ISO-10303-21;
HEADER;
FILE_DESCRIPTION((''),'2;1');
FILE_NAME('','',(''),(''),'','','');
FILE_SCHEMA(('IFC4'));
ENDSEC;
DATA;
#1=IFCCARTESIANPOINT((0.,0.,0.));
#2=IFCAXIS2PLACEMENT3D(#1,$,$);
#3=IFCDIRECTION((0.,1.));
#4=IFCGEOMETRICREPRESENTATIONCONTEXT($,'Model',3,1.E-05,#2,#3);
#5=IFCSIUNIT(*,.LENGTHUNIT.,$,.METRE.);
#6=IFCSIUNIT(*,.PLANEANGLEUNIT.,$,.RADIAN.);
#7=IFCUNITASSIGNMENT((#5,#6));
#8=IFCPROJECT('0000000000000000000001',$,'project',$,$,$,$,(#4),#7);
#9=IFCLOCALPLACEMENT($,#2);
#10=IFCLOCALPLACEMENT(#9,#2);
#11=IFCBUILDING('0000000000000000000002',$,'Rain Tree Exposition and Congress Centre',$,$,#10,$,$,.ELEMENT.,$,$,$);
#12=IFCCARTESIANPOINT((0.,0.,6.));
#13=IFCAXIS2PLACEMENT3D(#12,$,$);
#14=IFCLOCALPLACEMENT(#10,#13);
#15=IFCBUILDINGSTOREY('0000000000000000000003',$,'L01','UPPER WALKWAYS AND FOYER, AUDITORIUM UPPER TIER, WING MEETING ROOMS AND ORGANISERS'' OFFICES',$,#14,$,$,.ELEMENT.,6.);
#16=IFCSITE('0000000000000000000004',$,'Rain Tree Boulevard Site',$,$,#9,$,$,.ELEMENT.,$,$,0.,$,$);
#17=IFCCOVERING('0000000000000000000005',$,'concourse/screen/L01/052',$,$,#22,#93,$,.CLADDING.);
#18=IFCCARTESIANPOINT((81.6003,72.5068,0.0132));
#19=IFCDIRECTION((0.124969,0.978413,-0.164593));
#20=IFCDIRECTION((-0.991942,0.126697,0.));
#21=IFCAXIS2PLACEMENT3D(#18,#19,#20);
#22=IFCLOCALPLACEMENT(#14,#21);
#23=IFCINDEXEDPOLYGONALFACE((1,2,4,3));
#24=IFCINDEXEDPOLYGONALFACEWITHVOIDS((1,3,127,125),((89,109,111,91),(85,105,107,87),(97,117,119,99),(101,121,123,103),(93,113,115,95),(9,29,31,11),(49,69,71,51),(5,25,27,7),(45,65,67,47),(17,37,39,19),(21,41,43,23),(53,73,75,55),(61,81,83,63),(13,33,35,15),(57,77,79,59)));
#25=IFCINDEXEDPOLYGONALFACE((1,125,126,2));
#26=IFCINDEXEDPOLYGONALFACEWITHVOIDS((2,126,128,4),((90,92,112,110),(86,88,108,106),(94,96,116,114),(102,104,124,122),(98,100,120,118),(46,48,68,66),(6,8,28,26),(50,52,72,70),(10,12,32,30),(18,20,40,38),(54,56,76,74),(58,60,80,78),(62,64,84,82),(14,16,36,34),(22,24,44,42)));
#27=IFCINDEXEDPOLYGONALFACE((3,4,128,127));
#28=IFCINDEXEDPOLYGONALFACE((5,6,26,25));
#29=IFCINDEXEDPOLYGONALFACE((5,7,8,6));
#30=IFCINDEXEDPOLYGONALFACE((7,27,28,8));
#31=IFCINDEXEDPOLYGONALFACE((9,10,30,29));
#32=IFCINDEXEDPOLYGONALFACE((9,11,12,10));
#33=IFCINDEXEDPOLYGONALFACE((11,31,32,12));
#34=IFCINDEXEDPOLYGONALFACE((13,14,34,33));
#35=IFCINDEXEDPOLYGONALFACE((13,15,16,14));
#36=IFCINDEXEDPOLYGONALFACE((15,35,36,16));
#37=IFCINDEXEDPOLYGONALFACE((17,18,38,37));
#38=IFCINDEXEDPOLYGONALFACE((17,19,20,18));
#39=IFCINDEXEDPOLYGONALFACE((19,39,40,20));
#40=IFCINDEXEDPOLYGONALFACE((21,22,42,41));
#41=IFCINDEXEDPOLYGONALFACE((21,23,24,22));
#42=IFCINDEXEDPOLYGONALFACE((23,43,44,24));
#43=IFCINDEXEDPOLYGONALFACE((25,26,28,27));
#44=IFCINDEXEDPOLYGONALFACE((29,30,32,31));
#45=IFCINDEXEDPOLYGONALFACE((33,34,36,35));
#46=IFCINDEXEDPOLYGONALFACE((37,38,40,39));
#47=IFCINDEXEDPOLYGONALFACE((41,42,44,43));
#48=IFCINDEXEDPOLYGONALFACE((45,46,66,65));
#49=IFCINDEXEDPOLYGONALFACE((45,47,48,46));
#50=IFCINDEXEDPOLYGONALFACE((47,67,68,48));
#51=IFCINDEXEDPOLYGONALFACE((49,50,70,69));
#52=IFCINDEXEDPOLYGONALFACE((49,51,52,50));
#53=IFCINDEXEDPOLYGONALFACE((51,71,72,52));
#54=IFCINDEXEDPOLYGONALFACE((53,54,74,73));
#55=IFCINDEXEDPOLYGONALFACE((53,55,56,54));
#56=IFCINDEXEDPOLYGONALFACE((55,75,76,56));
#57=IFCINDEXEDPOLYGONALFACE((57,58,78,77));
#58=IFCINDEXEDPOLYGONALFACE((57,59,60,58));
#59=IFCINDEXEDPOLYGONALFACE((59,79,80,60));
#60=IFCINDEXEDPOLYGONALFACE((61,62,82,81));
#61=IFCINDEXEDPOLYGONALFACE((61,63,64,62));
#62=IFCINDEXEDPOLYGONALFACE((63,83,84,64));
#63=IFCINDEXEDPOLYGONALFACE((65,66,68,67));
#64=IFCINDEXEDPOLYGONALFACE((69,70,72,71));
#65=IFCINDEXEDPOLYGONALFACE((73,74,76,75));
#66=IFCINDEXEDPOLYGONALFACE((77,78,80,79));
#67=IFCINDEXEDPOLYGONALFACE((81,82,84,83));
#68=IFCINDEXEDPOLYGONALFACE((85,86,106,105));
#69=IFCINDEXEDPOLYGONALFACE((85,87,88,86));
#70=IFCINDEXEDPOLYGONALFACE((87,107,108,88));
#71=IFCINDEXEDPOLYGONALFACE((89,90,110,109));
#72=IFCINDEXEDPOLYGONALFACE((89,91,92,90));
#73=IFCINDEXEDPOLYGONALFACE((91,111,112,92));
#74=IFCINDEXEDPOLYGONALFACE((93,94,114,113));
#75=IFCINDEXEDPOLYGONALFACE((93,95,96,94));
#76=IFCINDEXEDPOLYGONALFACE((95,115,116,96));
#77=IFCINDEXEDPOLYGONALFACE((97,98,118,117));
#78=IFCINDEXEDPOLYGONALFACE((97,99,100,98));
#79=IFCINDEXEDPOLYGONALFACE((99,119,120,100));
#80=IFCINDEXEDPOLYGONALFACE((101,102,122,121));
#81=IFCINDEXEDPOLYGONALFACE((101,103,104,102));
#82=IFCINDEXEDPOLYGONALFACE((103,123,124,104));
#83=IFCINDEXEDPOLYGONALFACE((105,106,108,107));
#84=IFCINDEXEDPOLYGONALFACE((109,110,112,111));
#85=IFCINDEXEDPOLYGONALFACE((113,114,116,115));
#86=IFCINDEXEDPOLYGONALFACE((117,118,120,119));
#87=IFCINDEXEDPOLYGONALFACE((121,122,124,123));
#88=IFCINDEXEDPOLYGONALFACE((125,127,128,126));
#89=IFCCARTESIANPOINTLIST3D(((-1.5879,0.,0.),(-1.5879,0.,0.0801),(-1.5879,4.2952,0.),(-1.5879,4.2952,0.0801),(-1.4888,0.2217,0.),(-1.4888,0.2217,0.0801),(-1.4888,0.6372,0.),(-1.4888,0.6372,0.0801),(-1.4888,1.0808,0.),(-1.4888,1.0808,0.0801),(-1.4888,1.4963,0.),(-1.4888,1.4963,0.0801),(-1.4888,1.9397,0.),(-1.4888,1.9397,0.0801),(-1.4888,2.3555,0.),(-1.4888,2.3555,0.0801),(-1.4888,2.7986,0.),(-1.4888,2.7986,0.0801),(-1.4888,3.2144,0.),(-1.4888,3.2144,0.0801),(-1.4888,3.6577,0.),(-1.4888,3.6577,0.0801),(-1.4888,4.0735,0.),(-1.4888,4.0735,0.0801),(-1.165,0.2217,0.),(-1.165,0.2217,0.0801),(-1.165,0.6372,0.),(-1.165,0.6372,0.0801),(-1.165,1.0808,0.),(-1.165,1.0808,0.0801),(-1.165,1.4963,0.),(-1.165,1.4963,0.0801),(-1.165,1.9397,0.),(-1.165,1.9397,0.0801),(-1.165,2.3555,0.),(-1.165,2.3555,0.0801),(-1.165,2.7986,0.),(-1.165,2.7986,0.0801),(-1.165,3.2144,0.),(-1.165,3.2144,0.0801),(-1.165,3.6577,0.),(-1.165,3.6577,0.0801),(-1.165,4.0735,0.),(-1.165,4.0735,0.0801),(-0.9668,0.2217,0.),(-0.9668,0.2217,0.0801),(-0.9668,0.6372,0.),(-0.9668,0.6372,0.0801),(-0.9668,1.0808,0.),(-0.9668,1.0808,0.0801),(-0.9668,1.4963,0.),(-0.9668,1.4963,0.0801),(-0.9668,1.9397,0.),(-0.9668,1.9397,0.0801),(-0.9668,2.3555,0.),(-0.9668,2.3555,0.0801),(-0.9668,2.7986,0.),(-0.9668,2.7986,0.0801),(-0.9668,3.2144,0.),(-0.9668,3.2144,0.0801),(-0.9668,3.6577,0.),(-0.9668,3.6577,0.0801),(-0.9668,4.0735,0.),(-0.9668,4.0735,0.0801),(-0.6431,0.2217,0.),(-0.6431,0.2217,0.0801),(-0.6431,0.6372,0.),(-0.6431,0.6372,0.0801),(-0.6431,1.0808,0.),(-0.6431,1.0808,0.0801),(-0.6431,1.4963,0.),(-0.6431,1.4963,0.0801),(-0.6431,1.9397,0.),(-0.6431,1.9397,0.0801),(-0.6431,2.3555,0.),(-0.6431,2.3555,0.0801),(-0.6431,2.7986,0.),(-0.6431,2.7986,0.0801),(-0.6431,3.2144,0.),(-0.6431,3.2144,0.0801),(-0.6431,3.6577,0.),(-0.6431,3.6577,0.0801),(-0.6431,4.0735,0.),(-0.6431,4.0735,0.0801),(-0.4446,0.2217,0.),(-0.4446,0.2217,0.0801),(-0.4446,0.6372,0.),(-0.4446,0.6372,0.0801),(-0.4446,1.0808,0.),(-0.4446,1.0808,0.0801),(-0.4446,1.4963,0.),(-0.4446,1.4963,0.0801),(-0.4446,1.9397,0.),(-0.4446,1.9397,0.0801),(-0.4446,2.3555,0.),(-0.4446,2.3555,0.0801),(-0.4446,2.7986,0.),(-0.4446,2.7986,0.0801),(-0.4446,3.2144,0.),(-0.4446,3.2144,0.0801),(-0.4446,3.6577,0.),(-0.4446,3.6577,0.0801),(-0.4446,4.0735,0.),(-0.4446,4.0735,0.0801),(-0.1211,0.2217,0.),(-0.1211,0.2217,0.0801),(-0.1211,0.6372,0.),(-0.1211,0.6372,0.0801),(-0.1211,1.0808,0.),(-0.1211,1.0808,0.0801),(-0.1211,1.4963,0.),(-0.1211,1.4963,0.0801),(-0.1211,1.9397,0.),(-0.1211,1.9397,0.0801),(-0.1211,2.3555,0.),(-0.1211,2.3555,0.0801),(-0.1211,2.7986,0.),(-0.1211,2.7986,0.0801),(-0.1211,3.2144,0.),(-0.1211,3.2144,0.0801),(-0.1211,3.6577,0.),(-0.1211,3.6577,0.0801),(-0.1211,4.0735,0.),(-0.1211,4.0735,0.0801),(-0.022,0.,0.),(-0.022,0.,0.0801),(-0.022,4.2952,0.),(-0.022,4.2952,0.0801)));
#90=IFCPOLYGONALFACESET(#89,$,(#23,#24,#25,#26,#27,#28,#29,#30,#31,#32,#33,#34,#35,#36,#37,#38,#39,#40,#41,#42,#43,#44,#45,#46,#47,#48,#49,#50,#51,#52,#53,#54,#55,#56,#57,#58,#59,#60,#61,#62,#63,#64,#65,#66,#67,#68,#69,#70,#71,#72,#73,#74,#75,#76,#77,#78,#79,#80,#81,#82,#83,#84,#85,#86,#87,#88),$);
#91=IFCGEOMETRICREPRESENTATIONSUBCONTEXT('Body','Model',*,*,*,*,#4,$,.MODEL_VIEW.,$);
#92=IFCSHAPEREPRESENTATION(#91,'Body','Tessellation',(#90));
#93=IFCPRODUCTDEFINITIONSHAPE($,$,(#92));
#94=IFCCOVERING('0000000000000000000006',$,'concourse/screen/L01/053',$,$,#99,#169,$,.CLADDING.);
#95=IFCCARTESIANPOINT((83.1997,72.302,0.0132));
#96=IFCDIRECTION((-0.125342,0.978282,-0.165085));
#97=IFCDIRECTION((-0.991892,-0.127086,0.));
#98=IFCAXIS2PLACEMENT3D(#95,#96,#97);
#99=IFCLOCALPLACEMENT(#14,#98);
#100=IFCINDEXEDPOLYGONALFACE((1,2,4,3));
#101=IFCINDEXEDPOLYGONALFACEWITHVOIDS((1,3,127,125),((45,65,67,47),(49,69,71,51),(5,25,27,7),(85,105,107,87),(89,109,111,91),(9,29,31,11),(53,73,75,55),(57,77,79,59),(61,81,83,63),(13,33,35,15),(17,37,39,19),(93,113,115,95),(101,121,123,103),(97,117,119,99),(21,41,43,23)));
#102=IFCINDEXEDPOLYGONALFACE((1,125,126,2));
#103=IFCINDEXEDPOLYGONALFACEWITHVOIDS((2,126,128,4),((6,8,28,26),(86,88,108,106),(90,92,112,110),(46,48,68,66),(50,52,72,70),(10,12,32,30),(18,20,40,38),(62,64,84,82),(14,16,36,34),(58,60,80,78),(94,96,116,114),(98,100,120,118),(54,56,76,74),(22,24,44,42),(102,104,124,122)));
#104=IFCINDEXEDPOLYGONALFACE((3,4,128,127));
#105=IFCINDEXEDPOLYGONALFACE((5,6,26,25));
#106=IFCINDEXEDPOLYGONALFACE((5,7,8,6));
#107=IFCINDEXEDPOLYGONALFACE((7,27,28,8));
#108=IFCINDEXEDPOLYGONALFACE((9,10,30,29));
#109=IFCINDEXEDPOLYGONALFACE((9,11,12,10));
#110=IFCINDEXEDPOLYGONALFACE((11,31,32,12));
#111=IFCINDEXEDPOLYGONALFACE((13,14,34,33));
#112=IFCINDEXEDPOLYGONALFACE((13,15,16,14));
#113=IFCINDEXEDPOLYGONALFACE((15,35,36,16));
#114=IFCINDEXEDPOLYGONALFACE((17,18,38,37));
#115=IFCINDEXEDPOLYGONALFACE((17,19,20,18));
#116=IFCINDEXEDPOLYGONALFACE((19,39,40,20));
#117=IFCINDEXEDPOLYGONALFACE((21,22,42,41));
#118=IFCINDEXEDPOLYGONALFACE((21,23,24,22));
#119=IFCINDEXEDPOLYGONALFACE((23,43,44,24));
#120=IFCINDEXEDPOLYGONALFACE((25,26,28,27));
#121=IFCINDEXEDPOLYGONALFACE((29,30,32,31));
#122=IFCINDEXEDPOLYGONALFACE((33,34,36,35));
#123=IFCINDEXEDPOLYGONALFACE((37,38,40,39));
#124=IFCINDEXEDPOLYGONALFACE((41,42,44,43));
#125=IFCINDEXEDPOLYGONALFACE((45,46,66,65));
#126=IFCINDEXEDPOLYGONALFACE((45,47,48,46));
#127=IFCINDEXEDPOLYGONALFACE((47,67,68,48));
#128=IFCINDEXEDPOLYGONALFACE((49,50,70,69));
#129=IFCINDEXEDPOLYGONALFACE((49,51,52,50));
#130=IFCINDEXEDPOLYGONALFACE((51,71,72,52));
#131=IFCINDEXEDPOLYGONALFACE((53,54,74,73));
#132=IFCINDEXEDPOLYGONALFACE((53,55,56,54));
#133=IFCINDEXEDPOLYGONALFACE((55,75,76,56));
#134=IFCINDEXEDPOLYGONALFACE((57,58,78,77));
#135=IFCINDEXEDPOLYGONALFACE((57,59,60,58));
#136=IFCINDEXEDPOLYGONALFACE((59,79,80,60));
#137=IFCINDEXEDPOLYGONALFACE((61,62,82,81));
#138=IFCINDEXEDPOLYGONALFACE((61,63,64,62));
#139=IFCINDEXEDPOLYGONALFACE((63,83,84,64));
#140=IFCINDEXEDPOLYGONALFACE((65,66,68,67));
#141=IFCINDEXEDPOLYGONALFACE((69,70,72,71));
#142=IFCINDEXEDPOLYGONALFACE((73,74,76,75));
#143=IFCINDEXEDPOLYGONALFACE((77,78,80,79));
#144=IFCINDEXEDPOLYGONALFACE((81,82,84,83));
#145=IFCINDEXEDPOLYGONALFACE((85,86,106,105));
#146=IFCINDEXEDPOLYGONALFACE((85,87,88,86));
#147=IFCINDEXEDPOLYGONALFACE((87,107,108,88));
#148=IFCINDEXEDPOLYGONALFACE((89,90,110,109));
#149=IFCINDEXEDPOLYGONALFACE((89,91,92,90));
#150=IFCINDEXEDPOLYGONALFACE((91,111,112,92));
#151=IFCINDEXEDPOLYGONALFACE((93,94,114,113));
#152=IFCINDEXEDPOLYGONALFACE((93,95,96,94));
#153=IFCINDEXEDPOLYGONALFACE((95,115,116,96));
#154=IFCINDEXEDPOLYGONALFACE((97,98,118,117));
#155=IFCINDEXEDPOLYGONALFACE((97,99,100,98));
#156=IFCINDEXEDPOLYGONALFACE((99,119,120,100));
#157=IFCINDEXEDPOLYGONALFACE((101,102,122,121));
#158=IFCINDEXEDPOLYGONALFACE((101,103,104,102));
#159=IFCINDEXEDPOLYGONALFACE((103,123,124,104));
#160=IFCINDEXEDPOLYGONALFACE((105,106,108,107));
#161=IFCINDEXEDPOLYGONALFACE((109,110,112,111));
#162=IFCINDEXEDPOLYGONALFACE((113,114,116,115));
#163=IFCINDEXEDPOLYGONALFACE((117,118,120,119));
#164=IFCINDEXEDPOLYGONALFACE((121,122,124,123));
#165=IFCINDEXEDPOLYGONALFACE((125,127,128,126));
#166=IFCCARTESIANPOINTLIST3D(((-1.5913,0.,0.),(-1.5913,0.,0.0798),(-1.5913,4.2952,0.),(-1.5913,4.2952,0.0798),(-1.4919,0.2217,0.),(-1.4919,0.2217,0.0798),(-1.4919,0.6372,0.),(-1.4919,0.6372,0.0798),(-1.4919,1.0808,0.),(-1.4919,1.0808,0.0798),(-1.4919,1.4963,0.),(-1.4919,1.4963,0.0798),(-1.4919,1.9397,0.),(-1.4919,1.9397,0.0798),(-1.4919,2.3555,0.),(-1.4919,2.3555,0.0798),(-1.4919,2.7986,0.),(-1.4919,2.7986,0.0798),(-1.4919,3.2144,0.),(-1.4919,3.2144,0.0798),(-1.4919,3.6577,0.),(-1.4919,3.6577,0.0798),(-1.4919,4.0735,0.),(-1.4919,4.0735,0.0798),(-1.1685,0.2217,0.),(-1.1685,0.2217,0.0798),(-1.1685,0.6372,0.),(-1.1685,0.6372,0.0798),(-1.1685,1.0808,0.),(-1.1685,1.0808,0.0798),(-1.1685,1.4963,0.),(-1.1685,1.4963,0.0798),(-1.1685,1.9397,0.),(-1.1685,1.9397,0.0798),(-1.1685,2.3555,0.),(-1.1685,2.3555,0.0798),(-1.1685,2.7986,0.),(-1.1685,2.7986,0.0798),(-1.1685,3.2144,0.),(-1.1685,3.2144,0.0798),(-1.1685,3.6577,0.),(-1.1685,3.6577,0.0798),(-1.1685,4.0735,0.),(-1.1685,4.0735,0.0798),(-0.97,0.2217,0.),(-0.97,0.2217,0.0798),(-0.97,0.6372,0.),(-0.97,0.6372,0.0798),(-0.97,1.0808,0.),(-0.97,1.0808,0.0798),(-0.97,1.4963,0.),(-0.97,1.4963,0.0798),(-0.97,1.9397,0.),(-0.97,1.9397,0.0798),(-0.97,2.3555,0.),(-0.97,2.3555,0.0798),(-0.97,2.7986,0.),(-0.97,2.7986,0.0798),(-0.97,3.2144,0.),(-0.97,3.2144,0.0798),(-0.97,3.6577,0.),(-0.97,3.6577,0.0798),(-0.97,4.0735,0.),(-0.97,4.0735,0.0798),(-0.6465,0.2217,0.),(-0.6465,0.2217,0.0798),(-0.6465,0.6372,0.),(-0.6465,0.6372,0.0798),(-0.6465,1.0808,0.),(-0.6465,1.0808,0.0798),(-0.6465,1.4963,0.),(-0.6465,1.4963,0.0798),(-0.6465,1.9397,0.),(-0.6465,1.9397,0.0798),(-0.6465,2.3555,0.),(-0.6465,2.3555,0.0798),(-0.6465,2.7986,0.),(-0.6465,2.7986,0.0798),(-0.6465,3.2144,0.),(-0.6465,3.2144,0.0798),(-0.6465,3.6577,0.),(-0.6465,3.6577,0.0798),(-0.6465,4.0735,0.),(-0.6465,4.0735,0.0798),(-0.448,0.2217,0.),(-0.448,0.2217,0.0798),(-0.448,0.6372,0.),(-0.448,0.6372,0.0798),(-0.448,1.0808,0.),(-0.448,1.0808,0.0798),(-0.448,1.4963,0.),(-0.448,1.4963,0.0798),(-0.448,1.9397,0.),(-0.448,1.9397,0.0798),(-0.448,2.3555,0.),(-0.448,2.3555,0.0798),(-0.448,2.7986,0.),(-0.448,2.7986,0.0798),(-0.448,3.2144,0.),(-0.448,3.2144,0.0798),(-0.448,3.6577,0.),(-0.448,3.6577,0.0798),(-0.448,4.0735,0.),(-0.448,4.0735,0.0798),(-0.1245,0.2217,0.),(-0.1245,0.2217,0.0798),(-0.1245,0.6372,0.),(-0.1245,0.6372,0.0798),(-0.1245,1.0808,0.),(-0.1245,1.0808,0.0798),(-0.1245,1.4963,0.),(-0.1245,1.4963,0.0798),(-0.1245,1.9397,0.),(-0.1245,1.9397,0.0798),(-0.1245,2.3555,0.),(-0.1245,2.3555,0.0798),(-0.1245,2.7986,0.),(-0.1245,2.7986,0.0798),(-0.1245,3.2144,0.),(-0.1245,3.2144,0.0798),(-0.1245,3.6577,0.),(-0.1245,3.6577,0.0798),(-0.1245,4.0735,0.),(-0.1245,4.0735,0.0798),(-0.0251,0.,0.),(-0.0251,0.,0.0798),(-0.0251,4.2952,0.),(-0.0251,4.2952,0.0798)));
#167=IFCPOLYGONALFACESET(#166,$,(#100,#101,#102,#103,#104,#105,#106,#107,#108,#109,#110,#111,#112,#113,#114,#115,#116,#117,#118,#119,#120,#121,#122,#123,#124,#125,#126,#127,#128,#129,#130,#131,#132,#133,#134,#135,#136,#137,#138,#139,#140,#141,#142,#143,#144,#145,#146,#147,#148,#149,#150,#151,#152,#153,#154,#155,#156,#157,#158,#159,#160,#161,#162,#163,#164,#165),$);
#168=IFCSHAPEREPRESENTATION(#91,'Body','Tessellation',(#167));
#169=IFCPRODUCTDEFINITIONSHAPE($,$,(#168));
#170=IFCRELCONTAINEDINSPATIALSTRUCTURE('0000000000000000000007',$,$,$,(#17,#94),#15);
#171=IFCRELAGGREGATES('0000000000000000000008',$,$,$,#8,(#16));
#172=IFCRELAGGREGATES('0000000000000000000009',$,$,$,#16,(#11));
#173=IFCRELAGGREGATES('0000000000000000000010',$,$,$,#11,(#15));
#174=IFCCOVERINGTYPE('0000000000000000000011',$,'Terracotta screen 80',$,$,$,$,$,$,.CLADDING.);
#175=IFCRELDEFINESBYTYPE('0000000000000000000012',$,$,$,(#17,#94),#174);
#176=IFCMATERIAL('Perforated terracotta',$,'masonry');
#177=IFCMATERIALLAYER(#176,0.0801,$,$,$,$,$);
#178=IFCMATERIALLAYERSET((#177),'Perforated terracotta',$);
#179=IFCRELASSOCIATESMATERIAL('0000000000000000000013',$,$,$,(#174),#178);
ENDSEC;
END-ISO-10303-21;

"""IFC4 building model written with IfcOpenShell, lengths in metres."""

from ifc_helpers import new_model, si_unit, direction, frame, origin, place, context, subcontext, project, spatial, polyline, outline, extrude, material, layer, layer_set, type_object, element, save


model = new_model("IFC4")

# Units and contexts
model_context = context("Model", 3, precision=1e-05, world=origin(), true_north=direction((0.0, 1.0)))
body_context = subcontext(model_context, "Body", "Model", "MODEL_VIEW")
ifc_project = project(units=[si_unit("LENGTHUNIT", "METRE"), si_unit("PLANEANGLEUNIT", "RADIAN")], contexts=[model_context])

# Site, building, storey
site_placement = place(None, origin())
site = spatial("IfcSite", under=ifc_project, at=site_placement, Name="Rain Tree Boulevard Site", CompositionType="ELEMENT", RefElevation=0.0)
building_placement = place(site_placement, origin())
building = spatial("IfcBuilding", under=site, at=building_placement, Name="Rain Tree Exposition and Congress Centre", CompositionType="ELEMENT")
storey_placement = place(building_placement, frame((0.0, 0.0, 6.0)))
storey = spatial("IfcBuildingStorey", under=building, at=storey_placement, Name="L01", Description="UPPER WALKWAYS AND FOYER, AUDITORIUM UPPER TIER, WING MEETING ROOMS AND ORGANISERS' OFFICES", CompositionType="ELEMENT", Elevation=6.0)

# Coverings
ifc_material_1 = material(Name="Perforated terracotta", Category="masonry")
ifc_layer = layer(ifc_material_1, 0.0801)
ifc_layer_set = layer_set([ifc_layer], Name="Perforated terracotta")
covering_type = type_object("IfcCoveringType", Name="Terracotta screen 80", PredefinedType="CLADDING", material=ifc_layer_set)
covering_1_placement = place(storey_placement, frame((81.6003, 72.5068, 0.0132), z_axis=(0.124969, 0.978413, -0.164593), x_axis=(-0.991942, 0.126697, 0.0)))
element("IfcCovering", 1, at=covering_1_placement, inside=storey, type_object=covering_type, Name="concourse/screen/L01/052", PredefinedType="CLADDING", context=body_context, shape_type="SweptSolid", body=[
    extrude(outline(polyline([(-1.5879, 0.0), (-1.5879, 4.2952), (-0.022, 4.2952), (-0.022, 0.0), (-1.5879, 0.0)]), holes=[polyline([(-0.1211, 0.2217), (-0.1211, 0.6372), (-0.4446, 0.6372), (-0.4446, 0.2217), (-0.1211, 0.2217)]), polyline([(-0.1211, 1.0808), (-0.1211, 1.4963), (-0.4446, 1.4963), (-0.4446, 1.0808), (-0.1211, 1.0808)]), polyline([(-0.1211, 1.9397), (-0.1211, 2.3555), (-0.4446, 2.3555), (-0.4446, 1.9397), (-0.1211, 1.9397)]), polyline([(-0.1211, 2.7986), (-0.1211, 3.2144), (-0.4446, 3.2144), (-0.4446, 2.7986), (-0.1211, 2.7986)]), polyline([(-0.1211, 3.6577), (-0.1211, 4.0735), (-0.4446, 4.0735), (-0.4446, 3.6577), (-0.1211, 3.6577)]), polyline([(-0.6431, 0.2217), (-0.6431, 0.6372), (-0.9668, 0.6372), (-0.9668, 0.2217), (-0.6431, 0.2217)]), polyline([(-0.6431, 1.0808), (-0.6431, 1.4963), (-0.9668, 1.4963), (-0.9668, 1.0808), (-0.6431, 1.0808)]), polyline([(-0.6431, 1.9397), (-0.6431, 2.3555), (-0.9668, 2.3555), (-0.9668, 1.9397), (-0.6431, 1.9397)]), polyline([(-0.6431, 2.7986), (-0.6431, 3.2144), (-0.9668, 3.2144), (-0.9668, 2.7986), (-0.6431, 2.7986)]), polyline([(-0.6431, 3.6577), (-0.6431, 4.0735), (-0.9668, 4.0735), (-0.9668, 3.6577), (-0.6431, 3.6577)]), polyline([(-1.165, 0.2217), (-1.165, 0.6372), (-1.4888, 0.6372), (-1.4888, 0.2217), (-1.165, 0.2217)]), polyline([(-1.165, 1.0808), (-1.165, 1.4963), (-1.4888, 1.4963), (-1.4888, 1.0808), (-1.165, 1.0808)]), polyline([(-1.165, 1.9397), (-1.165, 2.3555), (-1.4888, 2.3555), (-1.4888, 1.9397), (-1.165, 1.9397)]), polyline([(-1.165, 2.7986), (-1.165, 3.2144), (-1.4888, 3.2144), (-1.4888, 2.7986), (-1.165, 2.7986)]), polyline([(-1.165, 3.6577), (-1.165, 4.0735), (-1.4888, 4.0735), (-1.4888, 3.6577), (-1.165, 3.6577)])]), origin(), (0.0, 0.0, 1.0), 0.0801),
])
covering_2_placement = place(storey_placement, frame((83.1997, 72.302, 0.0132), z_axis=(-0.125342, 0.978282, -0.165085), x_axis=(-0.991892, -0.127086, 0.0)))
element("IfcCovering", 2, at=covering_2_placement, inside=storey, type_object=covering_type, Name="concourse/screen/L01/053", PredefinedType="CLADDING", context=body_context, shape_type="SweptSolid", body=[
    extrude(outline(polyline([(-1.5913, 0.0), (-1.5913, 4.2952), (-0.0251, 4.2952), (-0.0251, 0.0), (-1.5913, 0.0)]), holes=[polyline([(-0.1245, 0.2217), (-0.1245, 0.6372), (-0.448, 0.6372), (-0.448, 0.2217), (-0.1245, 0.2217)]), polyline([(-0.1245, 1.0808), (-0.1245, 1.4963), (-0.448, 1.4963), (-0.448, 1.0808), (-0.1245, 1.0808)]), polyline([(-0.1245, 1.9397), (-0.1245, 2.3555), (-0.448, 2.3555), (-0.448, 1.9397), (-0.1245, 1.9397)]), polyline([(-0.1245, 2.7986), (-0.1245, 3.2144), (-0.448, 3.2144), (-0.448, 2.7986), (-0.1245, 2.7986)]), polyline([(-0.1245, 3.6577), (-0.1245, 4.0735), (-0.448, 4.0735), (-0.448, 3.6577), (-0.1245, 3.6577)]), polyline([(-0.6465, 0.2217), (-0.6465, 0.6372), (-0.97, 0.6372), (-0.97, 0.2217), (-0.6465, 0.2217)]), polyline([(-0.6465, 1.0808), (-0.6465, 1.4963), (-0.97, 1.4963), (-0.97, 1.0808), (-0.6465, 1.0808)]), polyline([(-0.6465, 1.9397), (-0.6465, 2.3555), (-0.97, 2.3555), (-0.97, 1.9397), (-0.6465, 1.9397)]), polyline([(-0.6465, 2.7986), (-0.6465, 3.2144), (-0.97, 3.2144), (-0.97, 2.7986), (-0.6465, 2.7986)]), polyline([(-0.6465, 3.6577), (-0.6465, 4.0735), (-0.97, 4.0735), (-0.97, 3.6577), (-0.6465, 3.6577)]), polyline([(-1.1685, 0.2217), (-1.1685, 0.6372), (-1.4919, 0.6372), (-1.4919, 0.2217), (-1.1685, 0.2217)]), polyline([(-1.1685, 1.0808), (-1.1685, 1.4963), (-1.4919, 1.4963), (-1.4919, 1.0808), (-1.1685, 1.0808)]), polyline([(-1.1685, 1.9397), (-1.1685, 2.3555), (-1.4919, 2.3555), (-1.4919, 1.9397), (-1.1685, 1.9397)]), polyline([(-1.1685, 2.7986), (-1.1685, 3.2144), (-1.4919, 3.2144), (-1.4919, 2.7986), (-1.1685, 2.7986)]), polyline([(-1.1685, 3.6577), (-1.1685, 4.0735), (-1.4919, 4.0735), (-1.4919, 3.6577), (-1.1685, 3.6577)])]), origin(), (0.0, 0.0, 1.0), 0.0798),
])

save(model, "model.ifc")
